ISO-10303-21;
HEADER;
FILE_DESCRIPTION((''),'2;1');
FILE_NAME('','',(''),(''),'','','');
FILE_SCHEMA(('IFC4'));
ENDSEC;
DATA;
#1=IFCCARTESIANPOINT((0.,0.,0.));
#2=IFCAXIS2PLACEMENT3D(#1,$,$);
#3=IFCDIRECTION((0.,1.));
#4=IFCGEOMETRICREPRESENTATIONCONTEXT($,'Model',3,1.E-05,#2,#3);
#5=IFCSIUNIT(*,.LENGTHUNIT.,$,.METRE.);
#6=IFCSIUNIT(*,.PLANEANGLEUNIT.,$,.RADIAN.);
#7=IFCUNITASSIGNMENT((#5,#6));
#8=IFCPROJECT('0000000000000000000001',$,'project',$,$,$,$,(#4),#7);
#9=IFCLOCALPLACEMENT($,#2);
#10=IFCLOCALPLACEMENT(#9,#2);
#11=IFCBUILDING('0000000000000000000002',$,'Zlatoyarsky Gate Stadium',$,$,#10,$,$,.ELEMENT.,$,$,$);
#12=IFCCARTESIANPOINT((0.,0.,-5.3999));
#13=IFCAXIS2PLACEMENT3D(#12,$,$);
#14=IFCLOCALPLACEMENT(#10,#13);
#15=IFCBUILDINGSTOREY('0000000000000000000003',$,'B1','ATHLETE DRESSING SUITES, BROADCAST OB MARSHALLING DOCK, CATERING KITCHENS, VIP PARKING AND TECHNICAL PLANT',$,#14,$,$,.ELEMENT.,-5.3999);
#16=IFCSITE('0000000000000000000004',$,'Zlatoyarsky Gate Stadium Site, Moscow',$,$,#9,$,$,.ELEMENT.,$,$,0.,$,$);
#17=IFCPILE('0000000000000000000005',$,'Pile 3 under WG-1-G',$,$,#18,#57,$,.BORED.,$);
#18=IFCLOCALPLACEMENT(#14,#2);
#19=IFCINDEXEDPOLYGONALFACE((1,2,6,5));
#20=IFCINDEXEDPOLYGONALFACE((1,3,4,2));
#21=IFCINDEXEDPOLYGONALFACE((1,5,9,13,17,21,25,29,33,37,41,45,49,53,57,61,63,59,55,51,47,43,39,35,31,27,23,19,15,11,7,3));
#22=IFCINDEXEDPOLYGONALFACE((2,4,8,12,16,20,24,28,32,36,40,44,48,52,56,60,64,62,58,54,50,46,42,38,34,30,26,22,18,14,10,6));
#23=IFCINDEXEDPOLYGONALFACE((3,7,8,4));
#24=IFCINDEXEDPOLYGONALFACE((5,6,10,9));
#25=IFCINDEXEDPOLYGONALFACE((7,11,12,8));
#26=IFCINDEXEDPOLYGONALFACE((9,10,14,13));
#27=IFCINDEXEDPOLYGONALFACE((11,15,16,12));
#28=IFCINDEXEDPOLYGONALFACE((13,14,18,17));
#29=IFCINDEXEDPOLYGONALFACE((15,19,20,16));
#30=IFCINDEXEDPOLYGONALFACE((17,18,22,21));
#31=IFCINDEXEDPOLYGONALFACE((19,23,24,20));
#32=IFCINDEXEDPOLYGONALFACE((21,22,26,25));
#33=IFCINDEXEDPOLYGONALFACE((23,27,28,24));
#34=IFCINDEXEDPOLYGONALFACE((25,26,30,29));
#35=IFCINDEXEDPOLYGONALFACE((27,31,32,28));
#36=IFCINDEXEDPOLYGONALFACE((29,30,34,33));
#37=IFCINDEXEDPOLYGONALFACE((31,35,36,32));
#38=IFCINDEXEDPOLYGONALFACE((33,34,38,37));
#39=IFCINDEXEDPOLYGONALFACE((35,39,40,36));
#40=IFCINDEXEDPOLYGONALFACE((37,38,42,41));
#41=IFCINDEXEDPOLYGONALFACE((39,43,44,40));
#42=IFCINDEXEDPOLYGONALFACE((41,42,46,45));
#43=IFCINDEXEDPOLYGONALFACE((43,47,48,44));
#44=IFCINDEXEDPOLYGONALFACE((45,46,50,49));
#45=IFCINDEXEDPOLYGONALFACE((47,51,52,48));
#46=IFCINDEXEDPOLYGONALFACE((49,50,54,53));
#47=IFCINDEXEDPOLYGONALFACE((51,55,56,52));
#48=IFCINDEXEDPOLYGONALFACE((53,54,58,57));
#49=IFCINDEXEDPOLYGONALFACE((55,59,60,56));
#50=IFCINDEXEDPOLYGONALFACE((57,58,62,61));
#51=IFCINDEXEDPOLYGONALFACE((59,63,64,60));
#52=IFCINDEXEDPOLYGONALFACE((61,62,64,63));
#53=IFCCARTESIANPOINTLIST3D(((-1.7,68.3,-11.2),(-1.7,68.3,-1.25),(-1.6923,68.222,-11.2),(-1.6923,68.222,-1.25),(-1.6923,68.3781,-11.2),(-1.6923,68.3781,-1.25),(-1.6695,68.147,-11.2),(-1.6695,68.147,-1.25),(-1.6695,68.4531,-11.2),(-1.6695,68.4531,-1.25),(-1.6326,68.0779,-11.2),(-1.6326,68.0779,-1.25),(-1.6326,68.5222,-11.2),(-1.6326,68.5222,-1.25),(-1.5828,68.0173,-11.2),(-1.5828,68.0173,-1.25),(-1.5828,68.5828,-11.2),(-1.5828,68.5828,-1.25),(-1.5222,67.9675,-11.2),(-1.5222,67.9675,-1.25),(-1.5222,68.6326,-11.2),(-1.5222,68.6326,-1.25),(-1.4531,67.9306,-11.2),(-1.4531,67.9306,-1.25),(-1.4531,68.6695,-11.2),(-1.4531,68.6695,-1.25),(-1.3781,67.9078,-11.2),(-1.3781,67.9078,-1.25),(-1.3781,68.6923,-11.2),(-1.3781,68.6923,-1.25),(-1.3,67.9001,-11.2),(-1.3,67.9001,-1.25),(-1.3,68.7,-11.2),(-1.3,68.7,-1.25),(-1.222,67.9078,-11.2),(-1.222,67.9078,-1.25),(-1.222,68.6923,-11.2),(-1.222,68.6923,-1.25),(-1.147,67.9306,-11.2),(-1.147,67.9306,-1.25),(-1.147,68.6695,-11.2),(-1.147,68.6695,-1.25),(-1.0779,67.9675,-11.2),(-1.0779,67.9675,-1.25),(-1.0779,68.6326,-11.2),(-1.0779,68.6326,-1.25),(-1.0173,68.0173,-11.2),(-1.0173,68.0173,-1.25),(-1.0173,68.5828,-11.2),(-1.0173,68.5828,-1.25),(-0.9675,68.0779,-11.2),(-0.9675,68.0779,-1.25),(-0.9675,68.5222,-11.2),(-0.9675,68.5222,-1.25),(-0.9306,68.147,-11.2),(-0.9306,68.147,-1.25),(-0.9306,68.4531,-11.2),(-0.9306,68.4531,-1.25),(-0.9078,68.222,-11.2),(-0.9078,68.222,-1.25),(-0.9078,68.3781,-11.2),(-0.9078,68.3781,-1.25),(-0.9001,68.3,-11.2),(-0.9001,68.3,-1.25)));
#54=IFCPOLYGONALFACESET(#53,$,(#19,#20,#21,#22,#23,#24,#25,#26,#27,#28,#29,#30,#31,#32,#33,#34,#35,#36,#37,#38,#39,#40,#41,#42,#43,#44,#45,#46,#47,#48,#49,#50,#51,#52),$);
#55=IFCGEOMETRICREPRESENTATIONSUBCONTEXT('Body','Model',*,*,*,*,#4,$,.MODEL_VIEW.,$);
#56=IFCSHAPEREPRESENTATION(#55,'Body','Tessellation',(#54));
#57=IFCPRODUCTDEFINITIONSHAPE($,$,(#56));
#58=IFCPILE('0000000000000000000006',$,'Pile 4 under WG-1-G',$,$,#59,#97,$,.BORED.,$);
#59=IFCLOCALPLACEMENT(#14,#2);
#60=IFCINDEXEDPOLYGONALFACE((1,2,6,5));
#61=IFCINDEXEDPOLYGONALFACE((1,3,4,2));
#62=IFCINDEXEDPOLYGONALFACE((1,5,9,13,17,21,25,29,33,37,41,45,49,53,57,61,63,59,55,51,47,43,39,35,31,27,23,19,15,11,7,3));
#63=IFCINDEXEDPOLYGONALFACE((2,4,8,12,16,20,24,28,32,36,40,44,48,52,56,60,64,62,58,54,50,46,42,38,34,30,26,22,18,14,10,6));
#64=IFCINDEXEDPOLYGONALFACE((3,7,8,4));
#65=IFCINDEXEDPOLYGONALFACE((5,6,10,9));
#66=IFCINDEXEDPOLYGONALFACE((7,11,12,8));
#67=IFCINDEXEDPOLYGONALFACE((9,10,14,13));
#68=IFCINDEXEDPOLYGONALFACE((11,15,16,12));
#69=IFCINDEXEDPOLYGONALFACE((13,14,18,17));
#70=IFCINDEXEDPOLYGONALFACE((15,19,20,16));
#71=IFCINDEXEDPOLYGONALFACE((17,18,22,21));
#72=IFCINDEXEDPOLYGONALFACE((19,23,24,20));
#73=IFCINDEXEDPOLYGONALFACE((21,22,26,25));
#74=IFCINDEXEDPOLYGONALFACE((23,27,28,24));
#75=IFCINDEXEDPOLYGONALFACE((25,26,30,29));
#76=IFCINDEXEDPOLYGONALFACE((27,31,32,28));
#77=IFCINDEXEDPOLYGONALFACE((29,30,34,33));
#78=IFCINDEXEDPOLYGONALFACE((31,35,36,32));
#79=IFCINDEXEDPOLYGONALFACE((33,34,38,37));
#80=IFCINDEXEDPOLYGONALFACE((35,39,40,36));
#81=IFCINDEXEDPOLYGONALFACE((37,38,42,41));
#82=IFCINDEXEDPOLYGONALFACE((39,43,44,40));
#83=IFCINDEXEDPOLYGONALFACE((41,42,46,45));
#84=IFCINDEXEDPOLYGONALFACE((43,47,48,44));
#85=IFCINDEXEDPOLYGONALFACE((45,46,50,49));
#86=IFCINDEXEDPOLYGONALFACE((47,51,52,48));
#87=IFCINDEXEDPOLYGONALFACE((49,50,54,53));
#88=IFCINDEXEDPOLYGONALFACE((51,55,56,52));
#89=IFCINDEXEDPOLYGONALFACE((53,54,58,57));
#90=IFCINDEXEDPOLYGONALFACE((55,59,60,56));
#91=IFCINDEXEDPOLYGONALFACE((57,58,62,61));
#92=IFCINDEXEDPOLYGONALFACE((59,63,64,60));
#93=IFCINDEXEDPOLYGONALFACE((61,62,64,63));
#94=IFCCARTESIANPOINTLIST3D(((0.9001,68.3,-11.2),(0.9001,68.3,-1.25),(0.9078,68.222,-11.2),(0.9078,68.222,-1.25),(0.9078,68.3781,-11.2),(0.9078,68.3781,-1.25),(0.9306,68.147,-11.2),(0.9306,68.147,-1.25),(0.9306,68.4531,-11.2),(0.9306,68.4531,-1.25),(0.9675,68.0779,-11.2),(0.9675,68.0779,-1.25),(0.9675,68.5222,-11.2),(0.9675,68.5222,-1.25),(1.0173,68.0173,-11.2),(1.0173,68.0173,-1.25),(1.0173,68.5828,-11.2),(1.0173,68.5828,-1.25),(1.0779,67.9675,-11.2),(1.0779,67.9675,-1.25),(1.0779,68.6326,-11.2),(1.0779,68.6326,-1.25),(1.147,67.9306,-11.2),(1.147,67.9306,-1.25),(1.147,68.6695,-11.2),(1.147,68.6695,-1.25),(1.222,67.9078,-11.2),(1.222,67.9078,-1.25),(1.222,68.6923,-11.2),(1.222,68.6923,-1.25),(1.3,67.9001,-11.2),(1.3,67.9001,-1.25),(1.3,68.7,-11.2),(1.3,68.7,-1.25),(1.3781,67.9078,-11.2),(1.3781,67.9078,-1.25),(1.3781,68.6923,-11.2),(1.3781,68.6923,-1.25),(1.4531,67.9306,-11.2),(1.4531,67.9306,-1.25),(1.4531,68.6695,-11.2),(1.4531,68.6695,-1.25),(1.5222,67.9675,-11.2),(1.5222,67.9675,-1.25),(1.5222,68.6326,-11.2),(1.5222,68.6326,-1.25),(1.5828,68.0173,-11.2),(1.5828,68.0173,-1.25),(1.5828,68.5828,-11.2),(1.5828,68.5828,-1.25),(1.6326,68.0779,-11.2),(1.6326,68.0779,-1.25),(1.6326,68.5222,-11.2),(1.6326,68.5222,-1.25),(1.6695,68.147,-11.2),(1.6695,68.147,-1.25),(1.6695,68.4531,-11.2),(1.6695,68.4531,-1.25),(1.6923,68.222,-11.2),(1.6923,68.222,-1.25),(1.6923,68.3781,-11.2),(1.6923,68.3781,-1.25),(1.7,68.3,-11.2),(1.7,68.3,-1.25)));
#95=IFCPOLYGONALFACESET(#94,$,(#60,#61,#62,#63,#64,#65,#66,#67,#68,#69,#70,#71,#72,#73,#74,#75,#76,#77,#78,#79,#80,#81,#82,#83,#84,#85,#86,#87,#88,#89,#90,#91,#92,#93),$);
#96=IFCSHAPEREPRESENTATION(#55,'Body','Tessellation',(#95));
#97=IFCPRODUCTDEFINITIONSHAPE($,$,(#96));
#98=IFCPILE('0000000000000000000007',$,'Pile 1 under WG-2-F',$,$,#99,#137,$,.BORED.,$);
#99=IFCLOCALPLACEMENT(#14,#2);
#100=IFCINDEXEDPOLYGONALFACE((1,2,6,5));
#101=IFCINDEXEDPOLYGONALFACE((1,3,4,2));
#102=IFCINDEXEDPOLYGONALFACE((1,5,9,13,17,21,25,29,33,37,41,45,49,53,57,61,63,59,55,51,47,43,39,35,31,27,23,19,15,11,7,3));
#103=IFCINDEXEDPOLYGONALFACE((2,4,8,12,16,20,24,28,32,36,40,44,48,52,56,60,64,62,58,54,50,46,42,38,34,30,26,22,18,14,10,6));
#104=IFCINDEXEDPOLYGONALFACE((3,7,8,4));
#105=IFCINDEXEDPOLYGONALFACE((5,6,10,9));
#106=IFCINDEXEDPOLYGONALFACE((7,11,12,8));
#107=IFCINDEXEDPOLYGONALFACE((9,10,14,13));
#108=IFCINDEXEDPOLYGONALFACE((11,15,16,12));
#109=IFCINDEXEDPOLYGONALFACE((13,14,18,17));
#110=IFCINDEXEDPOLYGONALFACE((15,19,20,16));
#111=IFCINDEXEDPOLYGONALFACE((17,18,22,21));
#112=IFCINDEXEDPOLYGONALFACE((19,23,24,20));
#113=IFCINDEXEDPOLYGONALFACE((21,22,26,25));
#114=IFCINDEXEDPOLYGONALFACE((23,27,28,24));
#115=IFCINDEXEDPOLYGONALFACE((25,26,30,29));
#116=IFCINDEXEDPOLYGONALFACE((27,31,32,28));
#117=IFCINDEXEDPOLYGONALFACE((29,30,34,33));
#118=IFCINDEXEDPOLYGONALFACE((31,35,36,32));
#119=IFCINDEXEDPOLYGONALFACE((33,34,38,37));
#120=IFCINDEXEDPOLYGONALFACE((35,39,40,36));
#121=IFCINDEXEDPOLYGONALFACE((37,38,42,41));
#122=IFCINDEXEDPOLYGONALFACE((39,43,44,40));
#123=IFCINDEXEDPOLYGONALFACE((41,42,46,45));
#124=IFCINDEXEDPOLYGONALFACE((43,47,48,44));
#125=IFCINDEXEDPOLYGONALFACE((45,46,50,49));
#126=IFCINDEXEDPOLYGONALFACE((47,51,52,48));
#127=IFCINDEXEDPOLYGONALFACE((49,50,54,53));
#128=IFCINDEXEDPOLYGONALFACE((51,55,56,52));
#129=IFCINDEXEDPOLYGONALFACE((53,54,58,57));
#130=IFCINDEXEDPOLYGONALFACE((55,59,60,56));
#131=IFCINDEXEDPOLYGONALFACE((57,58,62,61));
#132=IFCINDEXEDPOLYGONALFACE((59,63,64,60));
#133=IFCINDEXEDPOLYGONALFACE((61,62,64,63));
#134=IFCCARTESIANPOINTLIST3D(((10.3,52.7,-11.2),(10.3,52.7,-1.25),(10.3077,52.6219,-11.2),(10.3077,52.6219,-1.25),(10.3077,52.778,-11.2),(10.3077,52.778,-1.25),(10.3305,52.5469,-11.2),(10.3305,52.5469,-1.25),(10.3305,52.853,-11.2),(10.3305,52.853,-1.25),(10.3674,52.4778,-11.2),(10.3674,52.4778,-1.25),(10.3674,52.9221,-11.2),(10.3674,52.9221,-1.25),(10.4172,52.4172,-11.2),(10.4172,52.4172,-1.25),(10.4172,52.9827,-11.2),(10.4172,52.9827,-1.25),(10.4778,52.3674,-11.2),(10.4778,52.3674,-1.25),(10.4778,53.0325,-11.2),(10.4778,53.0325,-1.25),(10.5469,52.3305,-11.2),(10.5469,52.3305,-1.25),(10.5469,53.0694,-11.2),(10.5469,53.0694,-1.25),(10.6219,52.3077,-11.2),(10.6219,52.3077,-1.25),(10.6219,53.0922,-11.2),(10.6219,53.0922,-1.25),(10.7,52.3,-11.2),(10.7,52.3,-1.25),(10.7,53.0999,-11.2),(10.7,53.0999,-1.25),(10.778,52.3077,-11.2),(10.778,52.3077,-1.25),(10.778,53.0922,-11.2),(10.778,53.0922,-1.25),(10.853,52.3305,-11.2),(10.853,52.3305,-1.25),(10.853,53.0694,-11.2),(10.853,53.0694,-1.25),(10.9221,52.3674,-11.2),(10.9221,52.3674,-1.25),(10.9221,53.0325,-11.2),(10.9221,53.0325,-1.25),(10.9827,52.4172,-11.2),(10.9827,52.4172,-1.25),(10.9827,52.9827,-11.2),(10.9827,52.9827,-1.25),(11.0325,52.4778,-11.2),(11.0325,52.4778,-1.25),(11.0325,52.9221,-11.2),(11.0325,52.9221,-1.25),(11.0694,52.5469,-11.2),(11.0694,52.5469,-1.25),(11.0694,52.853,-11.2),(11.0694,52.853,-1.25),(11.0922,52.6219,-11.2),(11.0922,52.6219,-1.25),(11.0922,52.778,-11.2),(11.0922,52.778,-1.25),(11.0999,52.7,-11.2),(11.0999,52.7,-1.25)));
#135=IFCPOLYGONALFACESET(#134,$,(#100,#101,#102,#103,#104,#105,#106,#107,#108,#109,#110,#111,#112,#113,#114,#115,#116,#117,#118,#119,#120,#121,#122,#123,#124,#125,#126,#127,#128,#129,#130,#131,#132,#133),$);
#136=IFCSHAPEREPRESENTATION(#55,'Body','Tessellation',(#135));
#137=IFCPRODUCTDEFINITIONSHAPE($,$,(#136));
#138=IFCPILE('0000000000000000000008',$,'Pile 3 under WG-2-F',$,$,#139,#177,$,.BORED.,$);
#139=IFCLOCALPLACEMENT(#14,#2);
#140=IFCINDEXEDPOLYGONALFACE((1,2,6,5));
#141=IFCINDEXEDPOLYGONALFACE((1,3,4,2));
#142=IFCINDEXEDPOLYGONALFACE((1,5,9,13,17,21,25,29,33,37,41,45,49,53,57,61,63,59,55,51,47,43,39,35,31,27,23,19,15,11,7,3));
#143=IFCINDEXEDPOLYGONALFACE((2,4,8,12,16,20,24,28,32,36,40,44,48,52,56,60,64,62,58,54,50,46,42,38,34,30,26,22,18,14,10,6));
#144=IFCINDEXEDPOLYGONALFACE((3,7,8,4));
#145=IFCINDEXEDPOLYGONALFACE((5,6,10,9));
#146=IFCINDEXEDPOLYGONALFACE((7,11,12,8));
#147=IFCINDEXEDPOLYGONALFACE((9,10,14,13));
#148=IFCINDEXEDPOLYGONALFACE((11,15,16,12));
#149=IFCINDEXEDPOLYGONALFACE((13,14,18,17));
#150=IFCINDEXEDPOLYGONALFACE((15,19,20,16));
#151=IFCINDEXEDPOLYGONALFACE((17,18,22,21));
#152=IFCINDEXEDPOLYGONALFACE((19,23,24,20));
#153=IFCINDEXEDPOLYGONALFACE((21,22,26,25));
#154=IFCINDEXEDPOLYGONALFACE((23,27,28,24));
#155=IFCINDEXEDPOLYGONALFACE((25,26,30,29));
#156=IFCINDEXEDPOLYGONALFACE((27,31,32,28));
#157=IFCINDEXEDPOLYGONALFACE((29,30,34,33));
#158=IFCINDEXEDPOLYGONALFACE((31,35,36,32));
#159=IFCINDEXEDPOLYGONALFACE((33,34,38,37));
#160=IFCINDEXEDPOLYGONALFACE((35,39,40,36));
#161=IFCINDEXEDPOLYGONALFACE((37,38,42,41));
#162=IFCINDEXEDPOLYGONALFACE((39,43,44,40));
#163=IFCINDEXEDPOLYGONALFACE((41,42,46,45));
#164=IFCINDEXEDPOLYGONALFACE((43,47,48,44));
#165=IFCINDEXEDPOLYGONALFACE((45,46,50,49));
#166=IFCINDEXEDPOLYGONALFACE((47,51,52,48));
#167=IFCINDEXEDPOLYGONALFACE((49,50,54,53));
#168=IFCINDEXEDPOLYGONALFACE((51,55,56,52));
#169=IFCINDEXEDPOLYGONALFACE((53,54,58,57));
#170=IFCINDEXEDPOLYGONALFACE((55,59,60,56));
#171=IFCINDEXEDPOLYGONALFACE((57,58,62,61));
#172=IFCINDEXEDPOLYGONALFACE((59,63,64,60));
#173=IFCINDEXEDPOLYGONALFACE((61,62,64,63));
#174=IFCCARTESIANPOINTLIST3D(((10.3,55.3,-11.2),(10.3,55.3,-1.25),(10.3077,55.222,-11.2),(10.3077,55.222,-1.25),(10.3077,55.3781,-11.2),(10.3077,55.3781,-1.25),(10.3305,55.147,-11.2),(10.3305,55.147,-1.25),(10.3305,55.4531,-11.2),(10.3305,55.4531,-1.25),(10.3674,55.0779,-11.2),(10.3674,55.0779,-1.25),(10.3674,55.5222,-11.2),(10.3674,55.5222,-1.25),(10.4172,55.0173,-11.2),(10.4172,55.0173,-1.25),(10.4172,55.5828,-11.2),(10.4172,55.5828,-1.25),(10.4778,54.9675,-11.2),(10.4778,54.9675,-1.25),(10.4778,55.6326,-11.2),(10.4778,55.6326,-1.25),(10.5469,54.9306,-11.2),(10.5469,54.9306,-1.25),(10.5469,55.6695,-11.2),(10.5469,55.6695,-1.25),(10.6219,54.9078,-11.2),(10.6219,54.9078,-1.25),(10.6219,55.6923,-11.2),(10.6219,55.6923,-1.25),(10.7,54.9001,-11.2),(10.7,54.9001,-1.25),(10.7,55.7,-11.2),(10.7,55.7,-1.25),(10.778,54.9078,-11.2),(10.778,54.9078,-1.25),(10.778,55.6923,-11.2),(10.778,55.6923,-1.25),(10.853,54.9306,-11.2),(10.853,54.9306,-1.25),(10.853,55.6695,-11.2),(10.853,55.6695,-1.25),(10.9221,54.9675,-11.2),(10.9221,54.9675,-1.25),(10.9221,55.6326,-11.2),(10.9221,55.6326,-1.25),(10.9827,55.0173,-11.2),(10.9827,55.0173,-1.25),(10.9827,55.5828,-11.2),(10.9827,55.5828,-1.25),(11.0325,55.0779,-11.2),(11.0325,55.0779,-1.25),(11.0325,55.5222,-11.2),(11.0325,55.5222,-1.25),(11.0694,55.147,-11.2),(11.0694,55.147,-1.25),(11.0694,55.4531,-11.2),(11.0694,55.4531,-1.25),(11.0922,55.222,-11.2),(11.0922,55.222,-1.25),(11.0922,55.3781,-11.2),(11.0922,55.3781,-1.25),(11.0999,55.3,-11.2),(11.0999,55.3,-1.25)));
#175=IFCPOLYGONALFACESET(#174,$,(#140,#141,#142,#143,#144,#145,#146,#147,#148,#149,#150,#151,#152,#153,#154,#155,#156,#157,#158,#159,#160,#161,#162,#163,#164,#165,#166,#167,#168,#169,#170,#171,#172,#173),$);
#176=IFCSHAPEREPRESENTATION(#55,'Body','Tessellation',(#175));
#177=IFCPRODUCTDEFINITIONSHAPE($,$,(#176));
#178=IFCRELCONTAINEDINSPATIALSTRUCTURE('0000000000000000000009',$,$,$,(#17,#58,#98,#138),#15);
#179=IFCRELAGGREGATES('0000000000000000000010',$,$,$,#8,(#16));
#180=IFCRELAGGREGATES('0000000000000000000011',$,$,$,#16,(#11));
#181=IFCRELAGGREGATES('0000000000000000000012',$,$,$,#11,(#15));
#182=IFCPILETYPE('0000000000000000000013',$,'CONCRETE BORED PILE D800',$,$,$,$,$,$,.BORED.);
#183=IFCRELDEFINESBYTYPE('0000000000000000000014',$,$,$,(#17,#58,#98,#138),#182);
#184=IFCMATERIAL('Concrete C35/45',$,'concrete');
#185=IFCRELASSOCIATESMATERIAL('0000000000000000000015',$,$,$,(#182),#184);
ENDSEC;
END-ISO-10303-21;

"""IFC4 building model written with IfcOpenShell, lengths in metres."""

from ifc_helpers import new_model, si_unit, direction, frame, origin, origin_2d, place, context, subcontext, project, spatial, circle, extrude, material, material_profile, profile_set, type_object, element, save


model = new_model("IFC4")

# Units and contexts
model_context = context("Model", 3, precision=1e-05, world=origin(), true_north=direction((0.0, 1.0)))
body_context = subcontext(model_context, "Body", "Model", "MODEL_VIEW")
ifc_project = project(units=[si_unit("LENGTHUNIT", "METRE"), si_unit("PLANEANGLEUNIT", "RADIAN")], contexts=[model_context])

# Site, building, storey
site_placement = place(None, origin())
site = spatial("IfcSite", under=ifc_project, at=site_placement, Name="Zlatoyarsky Gate Stadium Site, Moscow", CompositionType="ELEMENT", RefElevation=0.0)
building_placement = place(site_placement, origin())
building = spatial("IfcBuilding", under=site, at=building_placement, Name="Zlatoyarsky Gate Stadium", CompositionType="ELEMENT")
storey_placement = place(building_placement, frame((0.0, 0.0, -5.3999)))
storey = spatial("IfcBuildingStorey", under=building, at=storey_placement, Name="B1", Description="ATHLETE DRESSING SUITES, BROADCAST OB MARSHALLING DOCK, CATERING KITCHENS, VIP PARKING AND TECHNICAL PLANT", CompositionType="ELEMENT", Elevation=-5.3999)

# Piles
ifc_material_1 = material(Name="Concrete C35/45", Category="concrete")
ifc_material_profile_1 = material_profile(ifc_material_1, circle(Radius=0.3999, at=origin_2d()), Name="BORED PILE D800")
ifc_profile_set_1 = profile_set([ifc_material_profile_1], Name="Concrete C35/45")
pile_type_1 = type_object("IfcPileType", Name="CONCRETE BORED PILE D800", PredefinedType="BORED", material=ifc_profile_set_1)
for number, where, z_axis, x_axis, name in (
    (1, (-1.3, 68.3, -1.25), (0.0, 0.0, -1.0), (1.0, 0.0, 0.0), "Pile 3 under WG-1-G"),
    (2, (1.3, 68.3, -1.25), (0.0, 0.0, -1.0), (1.0, 0.0, 0.0), "Pile 4 under WG-1-G"),
    (3, (10.7, 52.7, -1.25), (0.0, 0.0, -1.0), (1.0, 0.0, 0.0), "Pile 1 under WG-2-F"),
    (4, (10.7, 55.3, -1.25), (0.0, 0.0, -1.0), (1.0, 0.0, 0.0), "Pile 3 under WG-2-F"),
):
    element("IfcPile", number, at=place(storey_placement, frame(where, z_axis=z_axis, x_axis=x_axis)), inside=storey, type_object=pile_type_1, Name=name, PredefinedType="BORED", context=body_context, shape_type="SweptSolid", body=[
        extrude(circle(Radius=0.3999, at=origin_2d()), origin(), (0.0, 0.0, 1.0), 9.95),
    ])

save(model, "model.ifc")
